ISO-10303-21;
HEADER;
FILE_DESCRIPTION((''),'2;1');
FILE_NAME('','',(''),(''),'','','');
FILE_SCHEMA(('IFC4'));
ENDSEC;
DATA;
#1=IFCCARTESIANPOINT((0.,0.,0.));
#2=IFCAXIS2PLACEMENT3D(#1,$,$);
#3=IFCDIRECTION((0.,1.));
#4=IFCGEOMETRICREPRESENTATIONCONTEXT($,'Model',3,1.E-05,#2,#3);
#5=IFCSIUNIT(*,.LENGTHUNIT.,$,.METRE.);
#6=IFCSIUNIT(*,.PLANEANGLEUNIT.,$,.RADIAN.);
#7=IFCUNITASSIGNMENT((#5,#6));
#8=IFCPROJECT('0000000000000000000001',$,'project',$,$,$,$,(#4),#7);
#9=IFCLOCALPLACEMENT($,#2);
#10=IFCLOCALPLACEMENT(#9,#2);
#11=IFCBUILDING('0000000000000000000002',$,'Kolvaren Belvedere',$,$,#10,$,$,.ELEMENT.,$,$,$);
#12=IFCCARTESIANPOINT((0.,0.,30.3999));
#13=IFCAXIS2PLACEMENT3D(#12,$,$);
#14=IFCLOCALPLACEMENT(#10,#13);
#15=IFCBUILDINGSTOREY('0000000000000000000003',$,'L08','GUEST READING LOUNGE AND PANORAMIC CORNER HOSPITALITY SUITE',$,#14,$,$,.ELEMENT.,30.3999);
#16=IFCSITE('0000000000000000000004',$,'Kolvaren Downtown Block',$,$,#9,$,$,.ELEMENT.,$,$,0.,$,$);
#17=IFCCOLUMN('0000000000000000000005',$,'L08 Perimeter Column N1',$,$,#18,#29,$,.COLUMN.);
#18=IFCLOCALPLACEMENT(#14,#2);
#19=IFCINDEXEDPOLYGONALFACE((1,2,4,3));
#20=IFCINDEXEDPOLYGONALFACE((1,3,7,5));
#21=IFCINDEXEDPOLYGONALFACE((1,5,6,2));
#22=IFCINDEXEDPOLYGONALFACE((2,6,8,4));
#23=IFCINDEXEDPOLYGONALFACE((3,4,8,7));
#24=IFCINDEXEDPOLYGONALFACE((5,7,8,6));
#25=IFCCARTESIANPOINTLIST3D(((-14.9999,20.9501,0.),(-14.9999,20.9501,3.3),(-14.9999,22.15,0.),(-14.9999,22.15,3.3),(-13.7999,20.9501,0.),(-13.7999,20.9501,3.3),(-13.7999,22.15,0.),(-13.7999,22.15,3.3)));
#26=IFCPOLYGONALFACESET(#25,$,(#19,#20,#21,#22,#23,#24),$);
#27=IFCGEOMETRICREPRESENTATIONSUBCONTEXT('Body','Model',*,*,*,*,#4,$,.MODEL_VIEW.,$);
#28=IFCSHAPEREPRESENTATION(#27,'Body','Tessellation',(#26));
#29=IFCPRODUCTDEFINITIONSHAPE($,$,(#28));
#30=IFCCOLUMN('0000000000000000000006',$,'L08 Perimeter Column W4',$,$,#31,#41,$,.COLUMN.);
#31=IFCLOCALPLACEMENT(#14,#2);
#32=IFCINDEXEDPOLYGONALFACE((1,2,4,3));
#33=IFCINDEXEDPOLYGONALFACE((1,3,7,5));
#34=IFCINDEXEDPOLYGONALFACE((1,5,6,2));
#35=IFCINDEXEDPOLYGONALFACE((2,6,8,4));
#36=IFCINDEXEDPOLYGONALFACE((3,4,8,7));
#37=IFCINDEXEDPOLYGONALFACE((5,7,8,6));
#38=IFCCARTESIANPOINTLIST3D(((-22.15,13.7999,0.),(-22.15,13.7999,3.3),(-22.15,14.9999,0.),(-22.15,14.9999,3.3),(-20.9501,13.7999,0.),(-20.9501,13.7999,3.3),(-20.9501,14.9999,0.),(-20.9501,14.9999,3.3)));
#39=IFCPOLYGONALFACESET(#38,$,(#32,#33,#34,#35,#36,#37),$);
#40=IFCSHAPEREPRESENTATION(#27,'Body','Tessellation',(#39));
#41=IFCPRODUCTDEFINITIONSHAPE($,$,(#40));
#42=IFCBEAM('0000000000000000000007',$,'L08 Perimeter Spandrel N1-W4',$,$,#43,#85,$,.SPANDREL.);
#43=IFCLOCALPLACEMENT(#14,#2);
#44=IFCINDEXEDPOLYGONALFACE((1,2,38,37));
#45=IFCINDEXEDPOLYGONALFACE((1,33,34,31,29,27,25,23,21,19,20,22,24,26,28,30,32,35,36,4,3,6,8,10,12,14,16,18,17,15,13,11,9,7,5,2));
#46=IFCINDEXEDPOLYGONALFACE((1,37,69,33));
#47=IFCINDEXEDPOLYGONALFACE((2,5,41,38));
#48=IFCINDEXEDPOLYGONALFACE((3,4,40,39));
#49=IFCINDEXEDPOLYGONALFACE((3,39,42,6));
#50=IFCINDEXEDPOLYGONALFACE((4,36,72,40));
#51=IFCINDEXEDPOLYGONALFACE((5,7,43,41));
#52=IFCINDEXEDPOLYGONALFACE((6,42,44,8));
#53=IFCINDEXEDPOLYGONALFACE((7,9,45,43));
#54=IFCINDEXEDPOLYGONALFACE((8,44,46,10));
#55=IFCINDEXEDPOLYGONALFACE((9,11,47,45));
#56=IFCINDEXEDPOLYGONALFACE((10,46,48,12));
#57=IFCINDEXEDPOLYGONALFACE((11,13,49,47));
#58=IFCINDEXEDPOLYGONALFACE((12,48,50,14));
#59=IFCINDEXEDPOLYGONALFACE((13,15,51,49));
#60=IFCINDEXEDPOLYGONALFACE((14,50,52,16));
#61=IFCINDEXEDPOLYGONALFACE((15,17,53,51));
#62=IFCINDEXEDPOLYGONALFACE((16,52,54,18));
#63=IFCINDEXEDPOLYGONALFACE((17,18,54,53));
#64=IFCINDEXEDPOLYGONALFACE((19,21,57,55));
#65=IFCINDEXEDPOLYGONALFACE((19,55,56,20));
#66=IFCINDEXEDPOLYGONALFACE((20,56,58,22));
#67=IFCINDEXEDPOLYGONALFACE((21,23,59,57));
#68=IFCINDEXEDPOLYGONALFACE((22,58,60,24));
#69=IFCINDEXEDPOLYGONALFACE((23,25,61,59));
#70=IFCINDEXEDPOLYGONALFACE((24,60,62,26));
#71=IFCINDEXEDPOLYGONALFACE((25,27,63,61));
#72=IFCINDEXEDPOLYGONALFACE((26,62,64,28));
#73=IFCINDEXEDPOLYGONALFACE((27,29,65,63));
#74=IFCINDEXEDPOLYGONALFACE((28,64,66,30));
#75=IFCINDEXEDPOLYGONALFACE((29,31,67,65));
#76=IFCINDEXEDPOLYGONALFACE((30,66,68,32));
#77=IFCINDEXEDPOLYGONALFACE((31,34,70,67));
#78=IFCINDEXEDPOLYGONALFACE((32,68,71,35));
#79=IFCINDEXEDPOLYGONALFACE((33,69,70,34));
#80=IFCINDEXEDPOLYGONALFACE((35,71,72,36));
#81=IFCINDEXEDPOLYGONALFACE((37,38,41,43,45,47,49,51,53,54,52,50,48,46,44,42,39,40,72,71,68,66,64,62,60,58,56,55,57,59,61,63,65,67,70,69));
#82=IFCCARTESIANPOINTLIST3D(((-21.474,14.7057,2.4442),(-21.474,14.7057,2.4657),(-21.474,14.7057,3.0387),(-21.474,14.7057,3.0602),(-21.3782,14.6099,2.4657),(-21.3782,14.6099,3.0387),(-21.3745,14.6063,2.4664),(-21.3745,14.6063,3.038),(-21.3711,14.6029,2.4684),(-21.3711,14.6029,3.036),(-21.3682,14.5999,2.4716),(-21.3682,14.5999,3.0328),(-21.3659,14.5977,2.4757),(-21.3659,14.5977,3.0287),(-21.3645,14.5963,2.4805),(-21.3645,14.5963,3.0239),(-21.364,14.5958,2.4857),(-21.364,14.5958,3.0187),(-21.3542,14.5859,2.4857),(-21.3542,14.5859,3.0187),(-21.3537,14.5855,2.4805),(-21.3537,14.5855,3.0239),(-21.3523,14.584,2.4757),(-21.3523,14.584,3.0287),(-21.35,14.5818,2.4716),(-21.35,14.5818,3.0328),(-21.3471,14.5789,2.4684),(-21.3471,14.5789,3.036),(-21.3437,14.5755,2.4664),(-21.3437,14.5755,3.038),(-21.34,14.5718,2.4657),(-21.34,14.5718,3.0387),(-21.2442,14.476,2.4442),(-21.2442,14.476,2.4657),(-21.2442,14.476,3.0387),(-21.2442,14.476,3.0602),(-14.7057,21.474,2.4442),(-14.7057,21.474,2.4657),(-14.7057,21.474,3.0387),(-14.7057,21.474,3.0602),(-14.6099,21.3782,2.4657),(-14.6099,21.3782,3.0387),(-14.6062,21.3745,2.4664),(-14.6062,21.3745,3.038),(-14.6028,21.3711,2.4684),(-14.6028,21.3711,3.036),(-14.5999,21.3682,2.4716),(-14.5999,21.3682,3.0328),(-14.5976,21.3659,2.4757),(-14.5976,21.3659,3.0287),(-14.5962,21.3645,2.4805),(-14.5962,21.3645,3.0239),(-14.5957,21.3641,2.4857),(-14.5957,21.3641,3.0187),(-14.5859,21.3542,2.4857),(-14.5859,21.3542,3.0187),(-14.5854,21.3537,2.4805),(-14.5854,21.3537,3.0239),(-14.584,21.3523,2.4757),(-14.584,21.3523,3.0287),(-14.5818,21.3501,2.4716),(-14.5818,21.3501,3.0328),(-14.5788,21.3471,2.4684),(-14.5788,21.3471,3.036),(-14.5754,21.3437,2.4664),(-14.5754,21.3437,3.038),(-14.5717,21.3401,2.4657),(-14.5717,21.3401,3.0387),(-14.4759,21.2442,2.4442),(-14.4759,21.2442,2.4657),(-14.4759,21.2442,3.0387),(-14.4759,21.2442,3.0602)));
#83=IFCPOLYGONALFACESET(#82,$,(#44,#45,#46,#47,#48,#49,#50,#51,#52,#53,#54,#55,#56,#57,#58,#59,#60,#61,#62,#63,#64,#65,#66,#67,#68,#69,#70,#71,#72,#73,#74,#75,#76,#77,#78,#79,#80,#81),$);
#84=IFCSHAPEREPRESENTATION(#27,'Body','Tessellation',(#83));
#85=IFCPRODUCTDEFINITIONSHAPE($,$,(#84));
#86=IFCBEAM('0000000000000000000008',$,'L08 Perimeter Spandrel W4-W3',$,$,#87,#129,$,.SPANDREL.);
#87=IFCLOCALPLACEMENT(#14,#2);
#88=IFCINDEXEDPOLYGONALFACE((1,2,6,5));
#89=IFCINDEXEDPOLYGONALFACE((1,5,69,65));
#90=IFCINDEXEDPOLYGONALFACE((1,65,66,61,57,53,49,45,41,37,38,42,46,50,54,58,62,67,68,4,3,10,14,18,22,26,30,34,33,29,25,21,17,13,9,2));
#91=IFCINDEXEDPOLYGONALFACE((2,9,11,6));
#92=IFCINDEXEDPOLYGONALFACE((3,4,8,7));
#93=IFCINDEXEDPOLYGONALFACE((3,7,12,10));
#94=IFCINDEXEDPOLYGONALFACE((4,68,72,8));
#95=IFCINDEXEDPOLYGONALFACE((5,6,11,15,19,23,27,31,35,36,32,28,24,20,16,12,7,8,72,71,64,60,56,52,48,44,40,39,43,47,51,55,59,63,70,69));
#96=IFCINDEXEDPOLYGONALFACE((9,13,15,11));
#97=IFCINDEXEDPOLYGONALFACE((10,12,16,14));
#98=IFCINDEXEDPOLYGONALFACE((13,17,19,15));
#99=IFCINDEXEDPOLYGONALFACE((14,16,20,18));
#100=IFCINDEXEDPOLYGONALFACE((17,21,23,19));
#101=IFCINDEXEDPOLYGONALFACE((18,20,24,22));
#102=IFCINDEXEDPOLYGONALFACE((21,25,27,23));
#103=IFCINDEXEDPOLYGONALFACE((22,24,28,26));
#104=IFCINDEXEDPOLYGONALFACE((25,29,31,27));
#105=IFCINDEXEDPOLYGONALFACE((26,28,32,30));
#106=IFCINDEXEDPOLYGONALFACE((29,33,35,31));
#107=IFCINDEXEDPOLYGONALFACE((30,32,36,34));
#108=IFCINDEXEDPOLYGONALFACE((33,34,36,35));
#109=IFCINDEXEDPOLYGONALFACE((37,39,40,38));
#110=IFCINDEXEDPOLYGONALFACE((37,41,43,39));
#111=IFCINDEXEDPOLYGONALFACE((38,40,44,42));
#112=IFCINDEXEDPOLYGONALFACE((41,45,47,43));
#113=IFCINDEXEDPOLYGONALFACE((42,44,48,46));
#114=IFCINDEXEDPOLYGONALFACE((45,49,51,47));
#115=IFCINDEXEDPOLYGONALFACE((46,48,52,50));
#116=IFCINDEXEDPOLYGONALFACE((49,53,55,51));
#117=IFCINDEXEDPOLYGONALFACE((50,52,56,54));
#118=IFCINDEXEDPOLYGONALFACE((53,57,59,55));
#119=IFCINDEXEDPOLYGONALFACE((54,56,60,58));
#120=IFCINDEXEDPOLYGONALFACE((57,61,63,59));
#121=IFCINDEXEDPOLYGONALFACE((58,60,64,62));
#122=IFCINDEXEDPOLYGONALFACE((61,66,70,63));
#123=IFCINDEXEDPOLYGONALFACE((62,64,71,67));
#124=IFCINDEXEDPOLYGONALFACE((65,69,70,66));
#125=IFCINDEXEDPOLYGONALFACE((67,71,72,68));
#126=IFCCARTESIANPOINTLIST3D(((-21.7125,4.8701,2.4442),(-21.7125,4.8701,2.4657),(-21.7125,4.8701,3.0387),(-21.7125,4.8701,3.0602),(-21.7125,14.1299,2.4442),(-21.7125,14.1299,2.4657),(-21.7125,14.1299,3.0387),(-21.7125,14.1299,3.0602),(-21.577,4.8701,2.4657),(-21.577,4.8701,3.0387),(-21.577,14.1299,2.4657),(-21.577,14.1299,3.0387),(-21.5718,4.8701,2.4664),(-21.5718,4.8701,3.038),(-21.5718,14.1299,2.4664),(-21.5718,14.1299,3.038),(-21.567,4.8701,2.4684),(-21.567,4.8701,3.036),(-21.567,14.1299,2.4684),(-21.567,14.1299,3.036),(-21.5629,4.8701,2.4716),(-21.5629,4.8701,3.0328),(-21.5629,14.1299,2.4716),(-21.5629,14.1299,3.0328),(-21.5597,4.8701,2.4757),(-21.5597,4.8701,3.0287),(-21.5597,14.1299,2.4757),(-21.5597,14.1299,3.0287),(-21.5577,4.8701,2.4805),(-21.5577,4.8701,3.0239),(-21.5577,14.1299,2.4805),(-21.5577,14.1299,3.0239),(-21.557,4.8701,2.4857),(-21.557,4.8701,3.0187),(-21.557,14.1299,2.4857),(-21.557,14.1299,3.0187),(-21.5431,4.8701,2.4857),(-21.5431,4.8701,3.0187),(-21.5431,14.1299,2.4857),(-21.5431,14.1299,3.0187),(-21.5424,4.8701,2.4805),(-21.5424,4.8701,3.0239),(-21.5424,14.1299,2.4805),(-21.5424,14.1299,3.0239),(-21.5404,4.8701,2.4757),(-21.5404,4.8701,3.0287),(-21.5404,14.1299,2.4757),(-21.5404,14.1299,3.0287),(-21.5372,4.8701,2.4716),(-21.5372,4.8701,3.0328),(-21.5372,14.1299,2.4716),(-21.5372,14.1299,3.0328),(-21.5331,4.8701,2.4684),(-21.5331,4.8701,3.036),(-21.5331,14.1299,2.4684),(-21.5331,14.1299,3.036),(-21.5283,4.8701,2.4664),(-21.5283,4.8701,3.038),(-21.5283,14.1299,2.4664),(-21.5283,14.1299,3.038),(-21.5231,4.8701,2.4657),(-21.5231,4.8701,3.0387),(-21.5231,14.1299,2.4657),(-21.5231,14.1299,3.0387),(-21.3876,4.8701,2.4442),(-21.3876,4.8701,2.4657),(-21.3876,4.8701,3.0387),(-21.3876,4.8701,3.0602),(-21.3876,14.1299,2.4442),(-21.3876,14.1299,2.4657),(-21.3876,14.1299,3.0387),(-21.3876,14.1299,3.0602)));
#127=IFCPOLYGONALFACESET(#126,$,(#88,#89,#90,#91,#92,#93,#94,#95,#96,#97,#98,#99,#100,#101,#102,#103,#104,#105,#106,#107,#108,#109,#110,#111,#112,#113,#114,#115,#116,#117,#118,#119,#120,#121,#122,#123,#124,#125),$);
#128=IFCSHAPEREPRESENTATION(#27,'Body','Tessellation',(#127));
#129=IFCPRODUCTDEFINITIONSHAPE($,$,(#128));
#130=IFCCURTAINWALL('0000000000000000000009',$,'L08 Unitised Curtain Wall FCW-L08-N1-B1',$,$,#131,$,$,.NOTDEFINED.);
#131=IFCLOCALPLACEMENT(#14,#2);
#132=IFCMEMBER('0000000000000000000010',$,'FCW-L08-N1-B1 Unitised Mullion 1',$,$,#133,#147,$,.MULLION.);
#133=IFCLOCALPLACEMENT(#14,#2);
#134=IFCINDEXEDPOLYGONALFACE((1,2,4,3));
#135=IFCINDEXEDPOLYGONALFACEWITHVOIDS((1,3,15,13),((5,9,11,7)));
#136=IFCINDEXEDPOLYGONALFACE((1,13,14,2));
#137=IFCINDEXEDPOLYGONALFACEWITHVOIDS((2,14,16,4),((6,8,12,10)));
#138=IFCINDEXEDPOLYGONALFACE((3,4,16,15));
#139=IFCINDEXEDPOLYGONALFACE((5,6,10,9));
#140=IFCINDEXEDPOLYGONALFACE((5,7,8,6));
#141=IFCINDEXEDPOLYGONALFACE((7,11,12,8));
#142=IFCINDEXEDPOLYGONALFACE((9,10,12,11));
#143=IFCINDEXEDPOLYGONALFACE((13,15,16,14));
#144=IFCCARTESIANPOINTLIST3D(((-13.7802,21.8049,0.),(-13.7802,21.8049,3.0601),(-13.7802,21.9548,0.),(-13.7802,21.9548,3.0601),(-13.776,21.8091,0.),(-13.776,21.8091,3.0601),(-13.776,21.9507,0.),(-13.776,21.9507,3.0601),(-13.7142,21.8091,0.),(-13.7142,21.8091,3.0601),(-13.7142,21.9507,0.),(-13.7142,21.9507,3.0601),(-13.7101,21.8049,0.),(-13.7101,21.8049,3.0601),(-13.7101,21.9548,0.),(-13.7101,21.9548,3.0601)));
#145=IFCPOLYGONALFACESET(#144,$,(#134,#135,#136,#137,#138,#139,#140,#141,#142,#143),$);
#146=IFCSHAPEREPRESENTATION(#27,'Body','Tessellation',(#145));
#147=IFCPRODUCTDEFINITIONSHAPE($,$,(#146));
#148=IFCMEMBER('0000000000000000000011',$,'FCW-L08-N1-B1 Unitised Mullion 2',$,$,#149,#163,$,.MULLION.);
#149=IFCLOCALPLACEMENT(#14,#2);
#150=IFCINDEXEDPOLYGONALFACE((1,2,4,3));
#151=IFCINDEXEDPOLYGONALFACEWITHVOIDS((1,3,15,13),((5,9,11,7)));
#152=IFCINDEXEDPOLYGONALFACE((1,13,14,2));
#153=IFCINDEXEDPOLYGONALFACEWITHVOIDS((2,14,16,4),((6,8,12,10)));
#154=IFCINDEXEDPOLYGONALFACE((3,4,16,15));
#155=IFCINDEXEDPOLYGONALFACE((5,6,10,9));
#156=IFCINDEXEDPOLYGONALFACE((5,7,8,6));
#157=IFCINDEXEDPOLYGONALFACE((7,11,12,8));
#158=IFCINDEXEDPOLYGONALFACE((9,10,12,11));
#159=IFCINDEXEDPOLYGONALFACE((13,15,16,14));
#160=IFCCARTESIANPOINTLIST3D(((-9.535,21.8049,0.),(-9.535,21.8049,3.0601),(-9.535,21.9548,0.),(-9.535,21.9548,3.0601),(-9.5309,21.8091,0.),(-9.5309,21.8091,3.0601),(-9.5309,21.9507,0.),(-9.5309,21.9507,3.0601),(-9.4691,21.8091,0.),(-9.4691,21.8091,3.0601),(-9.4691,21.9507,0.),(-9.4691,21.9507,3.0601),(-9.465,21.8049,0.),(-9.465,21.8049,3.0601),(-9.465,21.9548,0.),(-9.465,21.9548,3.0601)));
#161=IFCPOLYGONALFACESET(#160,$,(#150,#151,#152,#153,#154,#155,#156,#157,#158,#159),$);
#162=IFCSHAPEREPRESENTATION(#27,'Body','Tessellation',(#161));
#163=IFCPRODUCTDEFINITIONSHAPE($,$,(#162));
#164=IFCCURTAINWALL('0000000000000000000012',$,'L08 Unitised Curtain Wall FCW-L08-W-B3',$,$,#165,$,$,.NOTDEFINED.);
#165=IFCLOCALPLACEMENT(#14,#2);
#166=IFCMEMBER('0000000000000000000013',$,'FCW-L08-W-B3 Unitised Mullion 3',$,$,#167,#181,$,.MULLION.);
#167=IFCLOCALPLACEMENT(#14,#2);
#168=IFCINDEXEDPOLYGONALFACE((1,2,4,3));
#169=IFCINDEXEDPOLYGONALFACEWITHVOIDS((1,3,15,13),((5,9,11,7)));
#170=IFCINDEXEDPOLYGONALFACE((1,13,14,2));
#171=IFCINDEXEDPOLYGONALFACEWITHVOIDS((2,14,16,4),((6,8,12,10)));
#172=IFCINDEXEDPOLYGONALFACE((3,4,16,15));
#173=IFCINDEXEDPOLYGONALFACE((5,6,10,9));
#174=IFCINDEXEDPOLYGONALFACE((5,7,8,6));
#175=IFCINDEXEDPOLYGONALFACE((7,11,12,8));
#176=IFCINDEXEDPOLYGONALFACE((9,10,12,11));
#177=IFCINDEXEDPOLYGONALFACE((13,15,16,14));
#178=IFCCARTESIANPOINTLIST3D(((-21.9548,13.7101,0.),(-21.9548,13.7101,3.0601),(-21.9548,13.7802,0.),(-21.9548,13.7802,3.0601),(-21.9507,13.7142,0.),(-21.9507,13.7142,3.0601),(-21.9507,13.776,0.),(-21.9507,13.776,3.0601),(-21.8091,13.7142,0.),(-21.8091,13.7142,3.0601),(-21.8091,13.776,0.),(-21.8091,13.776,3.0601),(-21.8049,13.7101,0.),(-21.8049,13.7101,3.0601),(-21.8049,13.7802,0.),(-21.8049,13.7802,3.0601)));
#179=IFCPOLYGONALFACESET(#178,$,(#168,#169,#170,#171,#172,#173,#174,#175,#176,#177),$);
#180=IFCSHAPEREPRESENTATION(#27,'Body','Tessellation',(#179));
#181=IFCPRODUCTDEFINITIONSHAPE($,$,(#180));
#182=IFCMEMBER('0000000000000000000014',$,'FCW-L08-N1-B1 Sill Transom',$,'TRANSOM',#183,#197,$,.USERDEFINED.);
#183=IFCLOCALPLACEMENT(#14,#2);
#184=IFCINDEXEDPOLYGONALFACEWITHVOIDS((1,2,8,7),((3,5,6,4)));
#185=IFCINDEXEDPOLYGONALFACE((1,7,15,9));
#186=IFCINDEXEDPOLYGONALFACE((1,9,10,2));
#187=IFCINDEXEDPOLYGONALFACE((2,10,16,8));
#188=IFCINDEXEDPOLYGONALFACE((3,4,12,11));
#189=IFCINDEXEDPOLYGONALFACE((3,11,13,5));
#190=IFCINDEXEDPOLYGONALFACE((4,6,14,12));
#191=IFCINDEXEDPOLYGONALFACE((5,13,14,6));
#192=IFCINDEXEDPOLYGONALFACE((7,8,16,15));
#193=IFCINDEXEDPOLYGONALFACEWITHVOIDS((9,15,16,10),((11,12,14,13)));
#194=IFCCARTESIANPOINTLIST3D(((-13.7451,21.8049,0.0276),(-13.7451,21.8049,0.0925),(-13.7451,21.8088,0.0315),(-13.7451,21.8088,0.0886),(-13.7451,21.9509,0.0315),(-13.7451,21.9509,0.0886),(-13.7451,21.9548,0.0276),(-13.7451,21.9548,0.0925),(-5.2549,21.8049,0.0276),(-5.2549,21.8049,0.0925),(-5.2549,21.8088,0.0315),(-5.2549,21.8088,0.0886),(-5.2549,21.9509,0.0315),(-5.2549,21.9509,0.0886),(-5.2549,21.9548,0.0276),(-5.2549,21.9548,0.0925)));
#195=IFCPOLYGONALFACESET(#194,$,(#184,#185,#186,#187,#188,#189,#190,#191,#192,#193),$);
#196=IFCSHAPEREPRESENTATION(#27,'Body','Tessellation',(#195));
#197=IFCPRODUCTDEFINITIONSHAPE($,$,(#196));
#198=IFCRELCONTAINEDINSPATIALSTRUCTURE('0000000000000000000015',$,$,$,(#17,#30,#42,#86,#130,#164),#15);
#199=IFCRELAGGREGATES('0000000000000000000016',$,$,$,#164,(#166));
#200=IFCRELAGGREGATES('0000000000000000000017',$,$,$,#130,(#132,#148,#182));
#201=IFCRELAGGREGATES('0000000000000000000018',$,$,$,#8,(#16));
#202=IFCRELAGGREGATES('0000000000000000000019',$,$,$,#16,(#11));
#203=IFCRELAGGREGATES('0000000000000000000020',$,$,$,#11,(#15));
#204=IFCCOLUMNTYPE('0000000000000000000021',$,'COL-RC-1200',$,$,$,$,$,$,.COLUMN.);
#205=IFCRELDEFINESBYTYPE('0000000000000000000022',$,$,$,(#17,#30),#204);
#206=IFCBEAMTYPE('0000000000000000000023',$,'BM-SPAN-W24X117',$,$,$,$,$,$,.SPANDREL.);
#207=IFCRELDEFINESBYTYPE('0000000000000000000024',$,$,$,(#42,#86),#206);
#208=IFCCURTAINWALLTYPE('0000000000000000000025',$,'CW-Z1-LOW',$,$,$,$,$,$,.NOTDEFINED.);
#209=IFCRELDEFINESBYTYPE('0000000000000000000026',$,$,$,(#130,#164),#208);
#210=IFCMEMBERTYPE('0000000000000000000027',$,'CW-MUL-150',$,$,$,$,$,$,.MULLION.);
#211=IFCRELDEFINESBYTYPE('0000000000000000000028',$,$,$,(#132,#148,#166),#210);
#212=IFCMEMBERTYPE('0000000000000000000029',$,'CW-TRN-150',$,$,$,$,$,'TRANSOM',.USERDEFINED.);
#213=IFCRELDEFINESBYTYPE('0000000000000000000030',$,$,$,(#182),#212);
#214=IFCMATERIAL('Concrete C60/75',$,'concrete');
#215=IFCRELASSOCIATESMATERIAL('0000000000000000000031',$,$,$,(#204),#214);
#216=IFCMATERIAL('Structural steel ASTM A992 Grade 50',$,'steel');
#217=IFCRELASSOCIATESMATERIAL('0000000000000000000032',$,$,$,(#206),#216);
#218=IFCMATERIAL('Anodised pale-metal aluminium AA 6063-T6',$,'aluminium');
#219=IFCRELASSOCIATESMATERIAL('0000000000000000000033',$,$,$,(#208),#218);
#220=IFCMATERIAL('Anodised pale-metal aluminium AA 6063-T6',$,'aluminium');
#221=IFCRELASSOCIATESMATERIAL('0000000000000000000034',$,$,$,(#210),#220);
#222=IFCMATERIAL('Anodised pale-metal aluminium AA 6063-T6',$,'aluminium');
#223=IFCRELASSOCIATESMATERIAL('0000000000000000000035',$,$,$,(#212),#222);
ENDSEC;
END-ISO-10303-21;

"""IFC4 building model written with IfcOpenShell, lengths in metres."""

from ifc_helpers import new_model, si_unit, direction, frame, origin, origin_2d, place, context, subcontext, project, spatial, rectangle, hollow_rectangle, i_section, extrude, material, material_profile, profile_set, type_object, element, aggregate, save


model = new_model("IFC4")

# Units and contexts
model_context = context("Model", 3, precision=1e-05, world=origin(), true_north=direction((0.0, 1.0)))
body_context = subcontext(model_context, "Body", "Model", "MODEL_VIEW")
ifc_project = project(units=[si_unit("LENGTHUNIT", "METRE"), si_unit("PLANEANGLEUNIT", "RADIAN")], contexts=[model_context])

# Site, building, storey
site_placement = place(None, origin())
site = spatial("IfcSite", under=ifc_project, at=site_placement, Name="Kolvaren Downtown Block", CompositionType="ELEMENT", RefElevation=0.0)
building_placement = place(site_placement, origin())
building = spatial("IfcBuilding", under=site, at=building_placement, Name="Kolvaren Belvedere", CompositionType="ELEMENT")
storey_placement = place(building_placement, frame((0.0, 0.0, 30.3999)))
storey = spatial("IfcBuildingStorey", under=building, at=storey_placement, Name="L08", Description="GUEST READING LOUNGE AND PANORAMIC CORNER HOSPITALITY SUITE", CompositionType="ELEMENT", Elevation=30.3999)

# Columns
ifc_material_1 = material(Name="Concrete C60/75", Category="concrete")
ifc_material_profile_1 = material_profile(ifc_material_1, rectangle(XDim=1.2, YDim=1.2, at=origin_2d()), Name="RC 1200X1200")
ifc_profile_set_1 = profile_set([ifc_material_profile_1], Name="Concrete C60/75")
column_type = type_object("IfcColumnType", Name="COL-RC-1200", PredefinedType="COLUMN", material=ifc_profile_set_1)
for number, where, z_axis, x_axis, name in (
    (1, (-14.3999, 21.55, 0.0), (0.0, 0.0, 1.0), (1.0, 0.0, 0.0), "L08 Perimeter Column N1"),
    (2, (-21.55, 14.3999, 0.0), (0.0, 0.0, 1.0), (1.0, 0.0, 0.0), "L08 Perimeter Column W4"),
):
    element("IfcColumn", number, at=place(storey_placement, frame(where, z_axis=z_axis, x_axis=x_axis)), inside=storey, type_object=column_type, Name=name, PredefinedType="COLUMN", context=body_context, shape_type="SweptSolid", body=[
        extrude(rectangle(XDim=1.2, YDim=1.2, at=origin_2d()), origin(), (0.0, 0.0, 1.0), 3.3),
    ])

# Beams
ifc_material_2 = material(Name="Structural steel ASTM A992 Grade 50", Category="steel")
ifc_material_profile_2 = material_profile(ifc_material_2, i_section(OverallWidth=0.325, OverallDepth=0.616, WebThickness=0.0139, FlangeThickness=0.0215, FilletRadius=0.02, at=origin_2d()), Name="W24X117")
ifc_profile_set_2 = profile_set([ifc_material_profile_2], Name="Structural steel ASTM A992 Grade 50")
beam_type = type_object("IfcBeamType", Name="BM-SPAN-W24X117", PredefinedType="SPANDREL", material=ifc_profile_set_2)
beam_1_placement = place(storey_placement, frame((-14.5908, 21.3591, 2.7522), z_axis=(-0.707107, -0.707107, 0.0), x_axis=(0.707107, -0.707107, 0.0)))
element("IfcBeam", 3, at=beam_1_placement, inside=storey, type_object=beam_type, Name="L08 Perimeter Spandrel N1-W4", PredefinedType="SPANDREL", context=body_context, shape_type="SweptSolid", body=[
    extrude(i_section(OverallWidth=0.325, OverallDepth=0.616, WebThickness=0.0139, FlangeThickness=0.0215, FilletRadius=0.02, at=origin_2d()), origin(), (0.0, 0.0, 1.0), 9.5718),
])
beam_2_placement = place(storey_placement, frame((-21.55, 14.1299, 2.7522), z_axis=(0.0, -1.0, 0.0), x_axis=(1.0, 0.0, 0.0)))
element("IfcBeam", 4, at=beam_2_placement, inside=storey, type_object=beam_type, Name="L08 Perimeter Spandrel W4-W3", PredefinedType="SPANDREL", context=body_context, shape_type="SweptSolid", body=[
    extrude(i_section(OverallWidth=0.325, OverallDepth=0.616, WebThickness=0.0139, FlangeThickness=0.0215, FilletRadius=0.02, at=origin_2d()), origin(), (0.0, 0.0, 1.0), 9.2598),
])

# Curtain wall, members
ifc_material_3 = material(Name="Anodised pale-metal aluminium AA 6063-T6", Category="aluminium")
curtain_wall_type = type_object("IfcCurtainWallType", Name="CW-Z1-LOW", PredefinedType="NOTDEFINED", material=ifc_material_3)
curtain_wall_1_placement = place(storey_placement, origin())
curtain_wall_1 = element("IfcCurtainWall", 5, at=curtain_wall_1_placement, inside=storey, type_object=curtain_wall_type, Name="L08 Unitised Curtain Wall FCW-L08-N1-B1", PredefinedType="NOTDEFINED")
ifc_material_4 = material(Name="Anodised pale-metal aluminium AA 6063-T6", Category="aluminium")
ifc_material_profile_3 = material_profile(ifc_material_4, hollow_rectangle(XDim=0.0701, YDim=0.1499, WallThickness=0.0042, at=origin_2d()), Name="ALU-MUL-150X70")
ifc_profile_set_3 = profile_set([ifc_material_profile_3], Name="Anodised pale-metal aluminium AA 6063-T6")
member_type_1 = type_object("IfcMemberType", Name="CW-MUL-150", PredefinedType="MULLION", material=ifc_profile_set_3)
member_1_placement = place(storey_placement, frame((-13.7451, 21.8799, 0.0), z_axis=(0.0, 0.0, 1.0), x_axis=(1.0, 0.0, 0.0)))
member_1 = element("IfcMember", 6, at=member_1_placement, type_object=member_type_1, Name="FCW-L08-N1-B1 Unitised Mullion 1", PredefinedType="MULLION", context=body_context, shape_type="SweptSolid", body=[
    extrude(hollow_rectangle(XDim=0.0701, YDim=0.1499, WallThickness=0.0042, at=origin_2d()), origin(), (0.0, 0.0, 1.0), 3.0601),
])
member_2_placement = place(storey_placement, frame((-9.5, 21.8799, 0.0), z_axis=(0.0, 0.0, 1.0), x_axis=(1.0, 0.0, 0.0)))
member_2 = element("IfcMember", 7, at=member_2_placement, type_object=member_type_1, Name="FCW-L08-N1-B1 Unitised Mullion 2", PredefinedType="MULLION", context=body_context, shape_type="SweptSolid", body=[
    extrude(hollow_rectangle(XDim=0.0701, YDim=0.1499, WallThickness=0.0042, at=origin_2d()), origin(), (0.0, 0.0, 1.0), 3.0601),
])

# Curtain wall, member
curtain_wall_2_placement = place(storey_placement, origin())
curtain_wall_2 = element("IfcCurtainWall", 8, at=curtain_wall_2_placement, inside=storey, type_object=curtain_wall_type, Name="L08 Unitised Curtain Wall FCW-L08-W-B3", PredefinedType="NOTDEFINED")
member_3_placement = place(storey_placement, frame((-21.8799, 13.7451, 0.0), z_axis=(0.0, 0.0, 1.0), x_axis=(0.0, 1.0, 0.0)))
member_3 = element("IfcMember", 9, at=member_3_placement, type_object=member_type_1, Name="FCW-L08-W-B3 Unitised Mullion 3", PredefinedType="MULLION", context=body_context, shape_type="SweptSolid", body=[
    extrude(hollow_rectangle(XDim=0.0701, YDim=0.1499, WallThickness=0.0042, at=origin_2d()), origin(), (0.0, 0.0, 1.0), 3.0601),
])
aggregate(curtain_wall_2, [member_3])

# Member
ifc_material_5 = material(Name="Anodised pale-metal aluminium AA 6063-T6", Category="aluminium")
ifc_material_profile_4 = material_profile(ifc_material_5, hollow_rectangle(XDim=0.0649, YDim=0.1499, WallThickness=0.0039, at=origin_2d()), Name="ALU-TRN-150X65")
ifc_profile_set_4 = profile_set([ifc_material_profile_4], Name="Anodised pale-metal aluminium AA 6063-T6")
member_type_2 = type_object("IfcMemberType", Name="CW-TRN-150", ElementType="TRANSOM", PredefinedType="USERDEFINED", material=ifc_profile_set_4)
member_4_placement = place(storey_placement, frame((-13.7451, 21.8799, 0.0601), z_axis=(1.0, 0.0, 0.0), x_axis=(0.0, 0.0, 1.0)))
member_4 = element("IfcMember", 10, at=member_4_placement, type_object=member_type_2, Name="FCW-L08-N1-B1 Sill Transom", ObjectType="TRANSOM", PredefinedType="USERDEFINED", context=body_context, shape_type="SweptSolid", body=[
    extrude(hollow_rectangle(XDim=0.0649, YDim=0.1499, WallThickness=0.0039, at=origin_2d()), origin(), (0.0, 0.0, 1.0), 8.4902),
])

aggregate(curtain_wall_1, [member_1, member_2, member_4])

save(model, "model.ifc")
